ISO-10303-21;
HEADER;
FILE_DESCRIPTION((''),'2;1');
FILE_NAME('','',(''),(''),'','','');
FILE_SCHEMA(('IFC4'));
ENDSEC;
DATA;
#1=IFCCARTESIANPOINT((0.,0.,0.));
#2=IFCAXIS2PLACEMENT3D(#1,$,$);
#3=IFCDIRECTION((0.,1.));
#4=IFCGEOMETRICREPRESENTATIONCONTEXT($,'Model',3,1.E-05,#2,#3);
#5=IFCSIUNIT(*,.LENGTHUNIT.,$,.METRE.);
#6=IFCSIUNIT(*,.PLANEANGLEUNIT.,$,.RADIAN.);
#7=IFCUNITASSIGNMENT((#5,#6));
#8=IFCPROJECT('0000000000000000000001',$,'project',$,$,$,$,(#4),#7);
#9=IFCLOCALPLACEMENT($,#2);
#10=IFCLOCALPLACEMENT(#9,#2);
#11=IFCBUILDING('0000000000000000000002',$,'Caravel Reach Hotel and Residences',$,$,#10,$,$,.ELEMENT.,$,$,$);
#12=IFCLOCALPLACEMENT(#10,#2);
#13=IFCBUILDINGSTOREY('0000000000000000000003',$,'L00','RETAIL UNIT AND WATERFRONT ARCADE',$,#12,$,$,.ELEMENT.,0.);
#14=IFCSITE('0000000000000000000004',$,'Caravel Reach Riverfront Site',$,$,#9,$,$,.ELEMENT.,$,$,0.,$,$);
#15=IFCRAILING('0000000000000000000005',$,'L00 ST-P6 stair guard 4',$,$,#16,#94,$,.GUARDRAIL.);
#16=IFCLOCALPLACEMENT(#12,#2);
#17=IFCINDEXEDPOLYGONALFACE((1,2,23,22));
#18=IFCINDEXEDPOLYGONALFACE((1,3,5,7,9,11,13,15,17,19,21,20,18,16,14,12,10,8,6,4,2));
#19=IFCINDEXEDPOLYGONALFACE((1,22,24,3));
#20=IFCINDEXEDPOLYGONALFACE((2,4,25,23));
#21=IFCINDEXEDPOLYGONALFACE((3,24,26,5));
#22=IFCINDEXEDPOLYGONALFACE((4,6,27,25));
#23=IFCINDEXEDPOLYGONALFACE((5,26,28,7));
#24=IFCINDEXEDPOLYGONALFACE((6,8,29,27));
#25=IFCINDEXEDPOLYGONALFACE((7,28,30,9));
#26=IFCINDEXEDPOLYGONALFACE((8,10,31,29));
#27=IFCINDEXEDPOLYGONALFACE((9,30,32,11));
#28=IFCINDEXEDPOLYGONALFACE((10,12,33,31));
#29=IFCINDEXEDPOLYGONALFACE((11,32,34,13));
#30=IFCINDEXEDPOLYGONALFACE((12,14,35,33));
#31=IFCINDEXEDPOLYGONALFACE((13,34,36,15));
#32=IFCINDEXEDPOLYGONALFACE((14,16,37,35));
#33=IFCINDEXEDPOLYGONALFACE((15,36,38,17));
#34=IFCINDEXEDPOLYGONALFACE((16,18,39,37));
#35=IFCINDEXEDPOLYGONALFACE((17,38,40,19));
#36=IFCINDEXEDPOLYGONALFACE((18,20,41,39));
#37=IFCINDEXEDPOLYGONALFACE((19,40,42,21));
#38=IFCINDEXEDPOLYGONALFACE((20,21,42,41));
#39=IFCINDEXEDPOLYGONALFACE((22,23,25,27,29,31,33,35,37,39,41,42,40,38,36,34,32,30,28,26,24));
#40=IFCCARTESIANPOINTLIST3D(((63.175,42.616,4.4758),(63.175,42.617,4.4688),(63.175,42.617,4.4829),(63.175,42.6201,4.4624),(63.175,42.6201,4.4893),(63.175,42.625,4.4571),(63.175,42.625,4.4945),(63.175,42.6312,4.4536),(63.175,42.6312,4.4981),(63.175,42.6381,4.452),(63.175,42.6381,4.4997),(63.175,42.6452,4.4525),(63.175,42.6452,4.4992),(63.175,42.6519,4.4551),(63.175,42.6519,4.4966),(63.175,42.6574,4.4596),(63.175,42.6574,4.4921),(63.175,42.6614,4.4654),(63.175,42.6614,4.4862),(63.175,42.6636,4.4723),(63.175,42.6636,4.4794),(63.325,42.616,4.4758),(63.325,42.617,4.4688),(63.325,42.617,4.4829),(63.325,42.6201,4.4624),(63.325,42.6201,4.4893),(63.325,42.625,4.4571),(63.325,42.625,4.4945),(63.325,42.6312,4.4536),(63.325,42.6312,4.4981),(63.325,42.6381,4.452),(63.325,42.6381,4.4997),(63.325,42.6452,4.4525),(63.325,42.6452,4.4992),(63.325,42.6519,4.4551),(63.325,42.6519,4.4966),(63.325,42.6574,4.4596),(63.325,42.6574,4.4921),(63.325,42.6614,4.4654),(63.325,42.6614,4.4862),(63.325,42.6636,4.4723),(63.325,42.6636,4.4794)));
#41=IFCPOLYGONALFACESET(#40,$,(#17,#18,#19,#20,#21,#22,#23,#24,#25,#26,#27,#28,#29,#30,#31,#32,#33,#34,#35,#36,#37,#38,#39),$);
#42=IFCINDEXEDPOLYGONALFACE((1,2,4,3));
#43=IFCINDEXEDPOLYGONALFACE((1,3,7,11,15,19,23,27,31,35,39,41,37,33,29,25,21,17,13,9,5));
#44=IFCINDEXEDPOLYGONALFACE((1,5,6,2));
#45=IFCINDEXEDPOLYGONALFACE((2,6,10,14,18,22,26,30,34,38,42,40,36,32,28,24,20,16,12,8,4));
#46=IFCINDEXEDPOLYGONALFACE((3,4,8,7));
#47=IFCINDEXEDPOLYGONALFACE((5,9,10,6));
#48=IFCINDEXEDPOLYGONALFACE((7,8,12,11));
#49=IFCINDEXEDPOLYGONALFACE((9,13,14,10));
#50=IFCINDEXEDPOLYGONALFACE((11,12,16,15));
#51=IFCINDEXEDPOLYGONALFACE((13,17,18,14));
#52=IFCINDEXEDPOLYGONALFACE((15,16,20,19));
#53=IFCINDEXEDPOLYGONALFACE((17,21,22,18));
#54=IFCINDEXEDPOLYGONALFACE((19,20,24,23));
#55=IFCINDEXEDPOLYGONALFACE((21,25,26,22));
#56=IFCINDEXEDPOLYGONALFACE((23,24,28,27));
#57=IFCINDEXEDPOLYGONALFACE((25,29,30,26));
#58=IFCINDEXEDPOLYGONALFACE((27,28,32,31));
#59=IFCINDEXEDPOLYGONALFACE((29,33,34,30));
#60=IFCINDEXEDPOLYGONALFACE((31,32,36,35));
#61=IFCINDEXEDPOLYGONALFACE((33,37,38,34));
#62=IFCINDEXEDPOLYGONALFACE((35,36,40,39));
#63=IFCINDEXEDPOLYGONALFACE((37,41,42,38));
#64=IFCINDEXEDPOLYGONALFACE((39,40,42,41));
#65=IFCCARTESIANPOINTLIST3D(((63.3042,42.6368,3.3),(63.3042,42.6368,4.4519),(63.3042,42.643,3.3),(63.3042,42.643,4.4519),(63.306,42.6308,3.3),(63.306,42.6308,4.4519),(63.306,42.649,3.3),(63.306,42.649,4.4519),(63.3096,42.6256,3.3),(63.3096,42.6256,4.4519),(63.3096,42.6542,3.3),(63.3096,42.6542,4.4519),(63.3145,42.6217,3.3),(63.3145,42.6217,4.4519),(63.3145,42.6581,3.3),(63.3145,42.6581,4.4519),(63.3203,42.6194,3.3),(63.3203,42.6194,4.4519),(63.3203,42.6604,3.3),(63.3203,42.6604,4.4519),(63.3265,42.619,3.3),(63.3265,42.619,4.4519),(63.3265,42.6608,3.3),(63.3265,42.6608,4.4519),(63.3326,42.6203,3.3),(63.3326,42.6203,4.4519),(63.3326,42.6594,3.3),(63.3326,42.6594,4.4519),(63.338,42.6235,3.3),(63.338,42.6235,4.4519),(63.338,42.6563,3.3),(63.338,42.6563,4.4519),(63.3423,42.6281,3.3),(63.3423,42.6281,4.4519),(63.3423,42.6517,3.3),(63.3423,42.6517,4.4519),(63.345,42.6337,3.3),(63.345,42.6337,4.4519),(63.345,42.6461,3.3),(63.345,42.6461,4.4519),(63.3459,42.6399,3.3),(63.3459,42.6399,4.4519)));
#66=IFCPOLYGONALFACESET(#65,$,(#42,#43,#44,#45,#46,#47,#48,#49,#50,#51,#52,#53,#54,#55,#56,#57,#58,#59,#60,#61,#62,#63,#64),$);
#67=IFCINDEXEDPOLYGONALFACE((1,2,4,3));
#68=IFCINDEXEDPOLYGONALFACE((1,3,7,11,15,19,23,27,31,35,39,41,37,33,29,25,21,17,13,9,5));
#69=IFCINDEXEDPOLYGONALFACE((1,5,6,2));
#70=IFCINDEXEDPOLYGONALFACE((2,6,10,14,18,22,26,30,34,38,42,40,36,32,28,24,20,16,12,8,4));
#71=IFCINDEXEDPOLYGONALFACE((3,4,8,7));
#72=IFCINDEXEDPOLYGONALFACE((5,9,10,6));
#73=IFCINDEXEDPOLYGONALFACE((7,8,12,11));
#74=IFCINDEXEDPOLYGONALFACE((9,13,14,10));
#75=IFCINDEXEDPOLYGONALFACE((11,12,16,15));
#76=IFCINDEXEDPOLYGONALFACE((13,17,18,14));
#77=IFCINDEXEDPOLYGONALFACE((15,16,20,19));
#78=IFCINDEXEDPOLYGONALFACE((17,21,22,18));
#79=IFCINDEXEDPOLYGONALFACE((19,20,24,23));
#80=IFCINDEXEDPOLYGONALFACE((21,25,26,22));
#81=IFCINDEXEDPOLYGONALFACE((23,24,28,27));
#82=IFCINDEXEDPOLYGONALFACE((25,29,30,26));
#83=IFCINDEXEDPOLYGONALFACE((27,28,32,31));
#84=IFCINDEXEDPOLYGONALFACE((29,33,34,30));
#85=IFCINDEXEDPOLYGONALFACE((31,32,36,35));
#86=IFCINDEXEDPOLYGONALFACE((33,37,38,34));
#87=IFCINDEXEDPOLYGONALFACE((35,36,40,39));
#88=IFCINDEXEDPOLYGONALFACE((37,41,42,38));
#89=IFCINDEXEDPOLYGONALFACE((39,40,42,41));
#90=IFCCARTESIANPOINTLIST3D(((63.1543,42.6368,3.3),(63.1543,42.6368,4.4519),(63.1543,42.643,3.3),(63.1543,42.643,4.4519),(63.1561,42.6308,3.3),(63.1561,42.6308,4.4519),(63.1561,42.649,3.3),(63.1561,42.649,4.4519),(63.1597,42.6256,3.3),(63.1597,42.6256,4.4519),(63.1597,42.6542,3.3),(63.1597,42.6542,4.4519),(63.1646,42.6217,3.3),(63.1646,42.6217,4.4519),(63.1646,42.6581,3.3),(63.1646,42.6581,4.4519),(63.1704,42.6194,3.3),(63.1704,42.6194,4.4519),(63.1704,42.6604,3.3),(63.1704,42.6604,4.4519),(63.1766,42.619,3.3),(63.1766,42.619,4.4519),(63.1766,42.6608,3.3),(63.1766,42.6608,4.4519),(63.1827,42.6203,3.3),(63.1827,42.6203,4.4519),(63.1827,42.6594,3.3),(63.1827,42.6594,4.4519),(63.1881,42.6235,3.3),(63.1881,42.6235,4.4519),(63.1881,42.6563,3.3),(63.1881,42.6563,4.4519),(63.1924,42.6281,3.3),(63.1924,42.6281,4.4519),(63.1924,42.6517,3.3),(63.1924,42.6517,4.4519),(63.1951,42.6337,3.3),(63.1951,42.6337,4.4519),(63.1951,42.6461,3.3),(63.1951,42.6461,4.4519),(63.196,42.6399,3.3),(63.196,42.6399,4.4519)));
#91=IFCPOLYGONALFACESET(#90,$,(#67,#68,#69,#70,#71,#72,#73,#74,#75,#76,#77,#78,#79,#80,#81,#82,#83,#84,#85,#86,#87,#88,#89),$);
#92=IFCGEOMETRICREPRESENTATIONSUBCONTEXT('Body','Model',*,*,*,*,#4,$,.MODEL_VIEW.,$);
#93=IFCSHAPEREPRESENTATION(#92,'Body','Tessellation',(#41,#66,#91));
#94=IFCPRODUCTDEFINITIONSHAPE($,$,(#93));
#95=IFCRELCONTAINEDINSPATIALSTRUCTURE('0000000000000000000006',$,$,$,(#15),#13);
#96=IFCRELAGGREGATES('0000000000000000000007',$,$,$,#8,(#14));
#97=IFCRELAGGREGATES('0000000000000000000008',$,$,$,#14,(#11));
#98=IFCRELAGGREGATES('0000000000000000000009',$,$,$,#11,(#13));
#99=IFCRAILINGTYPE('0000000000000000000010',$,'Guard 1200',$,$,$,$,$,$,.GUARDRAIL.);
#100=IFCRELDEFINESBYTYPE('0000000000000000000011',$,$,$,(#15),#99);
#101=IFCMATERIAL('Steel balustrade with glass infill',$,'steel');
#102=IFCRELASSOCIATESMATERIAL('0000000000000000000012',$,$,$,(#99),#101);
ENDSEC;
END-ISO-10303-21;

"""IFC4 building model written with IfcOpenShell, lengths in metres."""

from ifc_helpers import new_model, si_unit, direction, frame, origin, origin_2d, place, context, subcontext, project, spatial, circle, extrude, material, type_object, element, save


model = new_model("IFC4")

# Units and contexts
model_context = context("Model", 3, precision=1e-05, world=origin(), true_north=direction((0.0, 1.0)))
body_context = subcontext(model_context, "Body", "Model", "MODEL_VIEW")
ifc_project = project(units=[si_unit("LENGTHUNIT", "METRE"), si_unit("PLANEANGLEUNIT", "RADIAN")], contexts=[model_context])

# Site, building, storey
site_placement = place(None, origin())
site = spatial("IfcSite", under=ifc_project, at=site_placement, Name="Caravel Reach Riverfront Site", CompositionType="ELEMENT", RefElevation=0.0)
building_placement = place(site_placement, origin())
building = spatial("IfcBuilding", under=site, at=building_placement, Name="Caravel Reach Hotel and Residences", CompositionType="ELEMENT")
storey_placement = place(building_placement, origin())
storey = spatial("IfcBuildingStorey", under=building, at=storey_placement, Name="L00", Description="RETAIL UNIT AND WATERFRONT ARCADE", CompositionType="ELEMENT", Elevation=0.0)

# Railing
ifc_material_1 = material(Name="Steel balustrade with glass infill", Category="steel")
railing_type_1 = type_object("IfcRailingType", Name="Guard 1200", PredefinedType="GUARDRAIL", material=ifc_material_1)
railing_1_placement = place(storey_placement, frame((63.325, 42.6399, 3.3)))
element("IfcRailing", 1, at=railing_1_placement, inside=storey, type_object=railing_type_1, Name="L00 ST-P6 stair guard 4", PredefinedType="GUARDRAIL", context=body_context, shape_type="SweptSolid", body=[
    extrude(circle(Radius=0.0239, at=origin_2d()), frame((0.0, 0.0, 1.1758), z_axis=(-1.0, 0.0, 0.0), x_axis=(0.0, -1.0, 0.0)), (0.0, 0.0, 1.0), 0.1499),
    extrude(circle(Radius=0.021, at=origin_2d()), origin(), (0.0, 0.0, 1.0), 1.1519),
    extrude(circle(Radius=0.021, at=origin_2d()), frame((-0.1499, 0.0, 0.0)), (0.0, 0.0, 1.0), 1.1519),
])

save(model, "model.ifc")
